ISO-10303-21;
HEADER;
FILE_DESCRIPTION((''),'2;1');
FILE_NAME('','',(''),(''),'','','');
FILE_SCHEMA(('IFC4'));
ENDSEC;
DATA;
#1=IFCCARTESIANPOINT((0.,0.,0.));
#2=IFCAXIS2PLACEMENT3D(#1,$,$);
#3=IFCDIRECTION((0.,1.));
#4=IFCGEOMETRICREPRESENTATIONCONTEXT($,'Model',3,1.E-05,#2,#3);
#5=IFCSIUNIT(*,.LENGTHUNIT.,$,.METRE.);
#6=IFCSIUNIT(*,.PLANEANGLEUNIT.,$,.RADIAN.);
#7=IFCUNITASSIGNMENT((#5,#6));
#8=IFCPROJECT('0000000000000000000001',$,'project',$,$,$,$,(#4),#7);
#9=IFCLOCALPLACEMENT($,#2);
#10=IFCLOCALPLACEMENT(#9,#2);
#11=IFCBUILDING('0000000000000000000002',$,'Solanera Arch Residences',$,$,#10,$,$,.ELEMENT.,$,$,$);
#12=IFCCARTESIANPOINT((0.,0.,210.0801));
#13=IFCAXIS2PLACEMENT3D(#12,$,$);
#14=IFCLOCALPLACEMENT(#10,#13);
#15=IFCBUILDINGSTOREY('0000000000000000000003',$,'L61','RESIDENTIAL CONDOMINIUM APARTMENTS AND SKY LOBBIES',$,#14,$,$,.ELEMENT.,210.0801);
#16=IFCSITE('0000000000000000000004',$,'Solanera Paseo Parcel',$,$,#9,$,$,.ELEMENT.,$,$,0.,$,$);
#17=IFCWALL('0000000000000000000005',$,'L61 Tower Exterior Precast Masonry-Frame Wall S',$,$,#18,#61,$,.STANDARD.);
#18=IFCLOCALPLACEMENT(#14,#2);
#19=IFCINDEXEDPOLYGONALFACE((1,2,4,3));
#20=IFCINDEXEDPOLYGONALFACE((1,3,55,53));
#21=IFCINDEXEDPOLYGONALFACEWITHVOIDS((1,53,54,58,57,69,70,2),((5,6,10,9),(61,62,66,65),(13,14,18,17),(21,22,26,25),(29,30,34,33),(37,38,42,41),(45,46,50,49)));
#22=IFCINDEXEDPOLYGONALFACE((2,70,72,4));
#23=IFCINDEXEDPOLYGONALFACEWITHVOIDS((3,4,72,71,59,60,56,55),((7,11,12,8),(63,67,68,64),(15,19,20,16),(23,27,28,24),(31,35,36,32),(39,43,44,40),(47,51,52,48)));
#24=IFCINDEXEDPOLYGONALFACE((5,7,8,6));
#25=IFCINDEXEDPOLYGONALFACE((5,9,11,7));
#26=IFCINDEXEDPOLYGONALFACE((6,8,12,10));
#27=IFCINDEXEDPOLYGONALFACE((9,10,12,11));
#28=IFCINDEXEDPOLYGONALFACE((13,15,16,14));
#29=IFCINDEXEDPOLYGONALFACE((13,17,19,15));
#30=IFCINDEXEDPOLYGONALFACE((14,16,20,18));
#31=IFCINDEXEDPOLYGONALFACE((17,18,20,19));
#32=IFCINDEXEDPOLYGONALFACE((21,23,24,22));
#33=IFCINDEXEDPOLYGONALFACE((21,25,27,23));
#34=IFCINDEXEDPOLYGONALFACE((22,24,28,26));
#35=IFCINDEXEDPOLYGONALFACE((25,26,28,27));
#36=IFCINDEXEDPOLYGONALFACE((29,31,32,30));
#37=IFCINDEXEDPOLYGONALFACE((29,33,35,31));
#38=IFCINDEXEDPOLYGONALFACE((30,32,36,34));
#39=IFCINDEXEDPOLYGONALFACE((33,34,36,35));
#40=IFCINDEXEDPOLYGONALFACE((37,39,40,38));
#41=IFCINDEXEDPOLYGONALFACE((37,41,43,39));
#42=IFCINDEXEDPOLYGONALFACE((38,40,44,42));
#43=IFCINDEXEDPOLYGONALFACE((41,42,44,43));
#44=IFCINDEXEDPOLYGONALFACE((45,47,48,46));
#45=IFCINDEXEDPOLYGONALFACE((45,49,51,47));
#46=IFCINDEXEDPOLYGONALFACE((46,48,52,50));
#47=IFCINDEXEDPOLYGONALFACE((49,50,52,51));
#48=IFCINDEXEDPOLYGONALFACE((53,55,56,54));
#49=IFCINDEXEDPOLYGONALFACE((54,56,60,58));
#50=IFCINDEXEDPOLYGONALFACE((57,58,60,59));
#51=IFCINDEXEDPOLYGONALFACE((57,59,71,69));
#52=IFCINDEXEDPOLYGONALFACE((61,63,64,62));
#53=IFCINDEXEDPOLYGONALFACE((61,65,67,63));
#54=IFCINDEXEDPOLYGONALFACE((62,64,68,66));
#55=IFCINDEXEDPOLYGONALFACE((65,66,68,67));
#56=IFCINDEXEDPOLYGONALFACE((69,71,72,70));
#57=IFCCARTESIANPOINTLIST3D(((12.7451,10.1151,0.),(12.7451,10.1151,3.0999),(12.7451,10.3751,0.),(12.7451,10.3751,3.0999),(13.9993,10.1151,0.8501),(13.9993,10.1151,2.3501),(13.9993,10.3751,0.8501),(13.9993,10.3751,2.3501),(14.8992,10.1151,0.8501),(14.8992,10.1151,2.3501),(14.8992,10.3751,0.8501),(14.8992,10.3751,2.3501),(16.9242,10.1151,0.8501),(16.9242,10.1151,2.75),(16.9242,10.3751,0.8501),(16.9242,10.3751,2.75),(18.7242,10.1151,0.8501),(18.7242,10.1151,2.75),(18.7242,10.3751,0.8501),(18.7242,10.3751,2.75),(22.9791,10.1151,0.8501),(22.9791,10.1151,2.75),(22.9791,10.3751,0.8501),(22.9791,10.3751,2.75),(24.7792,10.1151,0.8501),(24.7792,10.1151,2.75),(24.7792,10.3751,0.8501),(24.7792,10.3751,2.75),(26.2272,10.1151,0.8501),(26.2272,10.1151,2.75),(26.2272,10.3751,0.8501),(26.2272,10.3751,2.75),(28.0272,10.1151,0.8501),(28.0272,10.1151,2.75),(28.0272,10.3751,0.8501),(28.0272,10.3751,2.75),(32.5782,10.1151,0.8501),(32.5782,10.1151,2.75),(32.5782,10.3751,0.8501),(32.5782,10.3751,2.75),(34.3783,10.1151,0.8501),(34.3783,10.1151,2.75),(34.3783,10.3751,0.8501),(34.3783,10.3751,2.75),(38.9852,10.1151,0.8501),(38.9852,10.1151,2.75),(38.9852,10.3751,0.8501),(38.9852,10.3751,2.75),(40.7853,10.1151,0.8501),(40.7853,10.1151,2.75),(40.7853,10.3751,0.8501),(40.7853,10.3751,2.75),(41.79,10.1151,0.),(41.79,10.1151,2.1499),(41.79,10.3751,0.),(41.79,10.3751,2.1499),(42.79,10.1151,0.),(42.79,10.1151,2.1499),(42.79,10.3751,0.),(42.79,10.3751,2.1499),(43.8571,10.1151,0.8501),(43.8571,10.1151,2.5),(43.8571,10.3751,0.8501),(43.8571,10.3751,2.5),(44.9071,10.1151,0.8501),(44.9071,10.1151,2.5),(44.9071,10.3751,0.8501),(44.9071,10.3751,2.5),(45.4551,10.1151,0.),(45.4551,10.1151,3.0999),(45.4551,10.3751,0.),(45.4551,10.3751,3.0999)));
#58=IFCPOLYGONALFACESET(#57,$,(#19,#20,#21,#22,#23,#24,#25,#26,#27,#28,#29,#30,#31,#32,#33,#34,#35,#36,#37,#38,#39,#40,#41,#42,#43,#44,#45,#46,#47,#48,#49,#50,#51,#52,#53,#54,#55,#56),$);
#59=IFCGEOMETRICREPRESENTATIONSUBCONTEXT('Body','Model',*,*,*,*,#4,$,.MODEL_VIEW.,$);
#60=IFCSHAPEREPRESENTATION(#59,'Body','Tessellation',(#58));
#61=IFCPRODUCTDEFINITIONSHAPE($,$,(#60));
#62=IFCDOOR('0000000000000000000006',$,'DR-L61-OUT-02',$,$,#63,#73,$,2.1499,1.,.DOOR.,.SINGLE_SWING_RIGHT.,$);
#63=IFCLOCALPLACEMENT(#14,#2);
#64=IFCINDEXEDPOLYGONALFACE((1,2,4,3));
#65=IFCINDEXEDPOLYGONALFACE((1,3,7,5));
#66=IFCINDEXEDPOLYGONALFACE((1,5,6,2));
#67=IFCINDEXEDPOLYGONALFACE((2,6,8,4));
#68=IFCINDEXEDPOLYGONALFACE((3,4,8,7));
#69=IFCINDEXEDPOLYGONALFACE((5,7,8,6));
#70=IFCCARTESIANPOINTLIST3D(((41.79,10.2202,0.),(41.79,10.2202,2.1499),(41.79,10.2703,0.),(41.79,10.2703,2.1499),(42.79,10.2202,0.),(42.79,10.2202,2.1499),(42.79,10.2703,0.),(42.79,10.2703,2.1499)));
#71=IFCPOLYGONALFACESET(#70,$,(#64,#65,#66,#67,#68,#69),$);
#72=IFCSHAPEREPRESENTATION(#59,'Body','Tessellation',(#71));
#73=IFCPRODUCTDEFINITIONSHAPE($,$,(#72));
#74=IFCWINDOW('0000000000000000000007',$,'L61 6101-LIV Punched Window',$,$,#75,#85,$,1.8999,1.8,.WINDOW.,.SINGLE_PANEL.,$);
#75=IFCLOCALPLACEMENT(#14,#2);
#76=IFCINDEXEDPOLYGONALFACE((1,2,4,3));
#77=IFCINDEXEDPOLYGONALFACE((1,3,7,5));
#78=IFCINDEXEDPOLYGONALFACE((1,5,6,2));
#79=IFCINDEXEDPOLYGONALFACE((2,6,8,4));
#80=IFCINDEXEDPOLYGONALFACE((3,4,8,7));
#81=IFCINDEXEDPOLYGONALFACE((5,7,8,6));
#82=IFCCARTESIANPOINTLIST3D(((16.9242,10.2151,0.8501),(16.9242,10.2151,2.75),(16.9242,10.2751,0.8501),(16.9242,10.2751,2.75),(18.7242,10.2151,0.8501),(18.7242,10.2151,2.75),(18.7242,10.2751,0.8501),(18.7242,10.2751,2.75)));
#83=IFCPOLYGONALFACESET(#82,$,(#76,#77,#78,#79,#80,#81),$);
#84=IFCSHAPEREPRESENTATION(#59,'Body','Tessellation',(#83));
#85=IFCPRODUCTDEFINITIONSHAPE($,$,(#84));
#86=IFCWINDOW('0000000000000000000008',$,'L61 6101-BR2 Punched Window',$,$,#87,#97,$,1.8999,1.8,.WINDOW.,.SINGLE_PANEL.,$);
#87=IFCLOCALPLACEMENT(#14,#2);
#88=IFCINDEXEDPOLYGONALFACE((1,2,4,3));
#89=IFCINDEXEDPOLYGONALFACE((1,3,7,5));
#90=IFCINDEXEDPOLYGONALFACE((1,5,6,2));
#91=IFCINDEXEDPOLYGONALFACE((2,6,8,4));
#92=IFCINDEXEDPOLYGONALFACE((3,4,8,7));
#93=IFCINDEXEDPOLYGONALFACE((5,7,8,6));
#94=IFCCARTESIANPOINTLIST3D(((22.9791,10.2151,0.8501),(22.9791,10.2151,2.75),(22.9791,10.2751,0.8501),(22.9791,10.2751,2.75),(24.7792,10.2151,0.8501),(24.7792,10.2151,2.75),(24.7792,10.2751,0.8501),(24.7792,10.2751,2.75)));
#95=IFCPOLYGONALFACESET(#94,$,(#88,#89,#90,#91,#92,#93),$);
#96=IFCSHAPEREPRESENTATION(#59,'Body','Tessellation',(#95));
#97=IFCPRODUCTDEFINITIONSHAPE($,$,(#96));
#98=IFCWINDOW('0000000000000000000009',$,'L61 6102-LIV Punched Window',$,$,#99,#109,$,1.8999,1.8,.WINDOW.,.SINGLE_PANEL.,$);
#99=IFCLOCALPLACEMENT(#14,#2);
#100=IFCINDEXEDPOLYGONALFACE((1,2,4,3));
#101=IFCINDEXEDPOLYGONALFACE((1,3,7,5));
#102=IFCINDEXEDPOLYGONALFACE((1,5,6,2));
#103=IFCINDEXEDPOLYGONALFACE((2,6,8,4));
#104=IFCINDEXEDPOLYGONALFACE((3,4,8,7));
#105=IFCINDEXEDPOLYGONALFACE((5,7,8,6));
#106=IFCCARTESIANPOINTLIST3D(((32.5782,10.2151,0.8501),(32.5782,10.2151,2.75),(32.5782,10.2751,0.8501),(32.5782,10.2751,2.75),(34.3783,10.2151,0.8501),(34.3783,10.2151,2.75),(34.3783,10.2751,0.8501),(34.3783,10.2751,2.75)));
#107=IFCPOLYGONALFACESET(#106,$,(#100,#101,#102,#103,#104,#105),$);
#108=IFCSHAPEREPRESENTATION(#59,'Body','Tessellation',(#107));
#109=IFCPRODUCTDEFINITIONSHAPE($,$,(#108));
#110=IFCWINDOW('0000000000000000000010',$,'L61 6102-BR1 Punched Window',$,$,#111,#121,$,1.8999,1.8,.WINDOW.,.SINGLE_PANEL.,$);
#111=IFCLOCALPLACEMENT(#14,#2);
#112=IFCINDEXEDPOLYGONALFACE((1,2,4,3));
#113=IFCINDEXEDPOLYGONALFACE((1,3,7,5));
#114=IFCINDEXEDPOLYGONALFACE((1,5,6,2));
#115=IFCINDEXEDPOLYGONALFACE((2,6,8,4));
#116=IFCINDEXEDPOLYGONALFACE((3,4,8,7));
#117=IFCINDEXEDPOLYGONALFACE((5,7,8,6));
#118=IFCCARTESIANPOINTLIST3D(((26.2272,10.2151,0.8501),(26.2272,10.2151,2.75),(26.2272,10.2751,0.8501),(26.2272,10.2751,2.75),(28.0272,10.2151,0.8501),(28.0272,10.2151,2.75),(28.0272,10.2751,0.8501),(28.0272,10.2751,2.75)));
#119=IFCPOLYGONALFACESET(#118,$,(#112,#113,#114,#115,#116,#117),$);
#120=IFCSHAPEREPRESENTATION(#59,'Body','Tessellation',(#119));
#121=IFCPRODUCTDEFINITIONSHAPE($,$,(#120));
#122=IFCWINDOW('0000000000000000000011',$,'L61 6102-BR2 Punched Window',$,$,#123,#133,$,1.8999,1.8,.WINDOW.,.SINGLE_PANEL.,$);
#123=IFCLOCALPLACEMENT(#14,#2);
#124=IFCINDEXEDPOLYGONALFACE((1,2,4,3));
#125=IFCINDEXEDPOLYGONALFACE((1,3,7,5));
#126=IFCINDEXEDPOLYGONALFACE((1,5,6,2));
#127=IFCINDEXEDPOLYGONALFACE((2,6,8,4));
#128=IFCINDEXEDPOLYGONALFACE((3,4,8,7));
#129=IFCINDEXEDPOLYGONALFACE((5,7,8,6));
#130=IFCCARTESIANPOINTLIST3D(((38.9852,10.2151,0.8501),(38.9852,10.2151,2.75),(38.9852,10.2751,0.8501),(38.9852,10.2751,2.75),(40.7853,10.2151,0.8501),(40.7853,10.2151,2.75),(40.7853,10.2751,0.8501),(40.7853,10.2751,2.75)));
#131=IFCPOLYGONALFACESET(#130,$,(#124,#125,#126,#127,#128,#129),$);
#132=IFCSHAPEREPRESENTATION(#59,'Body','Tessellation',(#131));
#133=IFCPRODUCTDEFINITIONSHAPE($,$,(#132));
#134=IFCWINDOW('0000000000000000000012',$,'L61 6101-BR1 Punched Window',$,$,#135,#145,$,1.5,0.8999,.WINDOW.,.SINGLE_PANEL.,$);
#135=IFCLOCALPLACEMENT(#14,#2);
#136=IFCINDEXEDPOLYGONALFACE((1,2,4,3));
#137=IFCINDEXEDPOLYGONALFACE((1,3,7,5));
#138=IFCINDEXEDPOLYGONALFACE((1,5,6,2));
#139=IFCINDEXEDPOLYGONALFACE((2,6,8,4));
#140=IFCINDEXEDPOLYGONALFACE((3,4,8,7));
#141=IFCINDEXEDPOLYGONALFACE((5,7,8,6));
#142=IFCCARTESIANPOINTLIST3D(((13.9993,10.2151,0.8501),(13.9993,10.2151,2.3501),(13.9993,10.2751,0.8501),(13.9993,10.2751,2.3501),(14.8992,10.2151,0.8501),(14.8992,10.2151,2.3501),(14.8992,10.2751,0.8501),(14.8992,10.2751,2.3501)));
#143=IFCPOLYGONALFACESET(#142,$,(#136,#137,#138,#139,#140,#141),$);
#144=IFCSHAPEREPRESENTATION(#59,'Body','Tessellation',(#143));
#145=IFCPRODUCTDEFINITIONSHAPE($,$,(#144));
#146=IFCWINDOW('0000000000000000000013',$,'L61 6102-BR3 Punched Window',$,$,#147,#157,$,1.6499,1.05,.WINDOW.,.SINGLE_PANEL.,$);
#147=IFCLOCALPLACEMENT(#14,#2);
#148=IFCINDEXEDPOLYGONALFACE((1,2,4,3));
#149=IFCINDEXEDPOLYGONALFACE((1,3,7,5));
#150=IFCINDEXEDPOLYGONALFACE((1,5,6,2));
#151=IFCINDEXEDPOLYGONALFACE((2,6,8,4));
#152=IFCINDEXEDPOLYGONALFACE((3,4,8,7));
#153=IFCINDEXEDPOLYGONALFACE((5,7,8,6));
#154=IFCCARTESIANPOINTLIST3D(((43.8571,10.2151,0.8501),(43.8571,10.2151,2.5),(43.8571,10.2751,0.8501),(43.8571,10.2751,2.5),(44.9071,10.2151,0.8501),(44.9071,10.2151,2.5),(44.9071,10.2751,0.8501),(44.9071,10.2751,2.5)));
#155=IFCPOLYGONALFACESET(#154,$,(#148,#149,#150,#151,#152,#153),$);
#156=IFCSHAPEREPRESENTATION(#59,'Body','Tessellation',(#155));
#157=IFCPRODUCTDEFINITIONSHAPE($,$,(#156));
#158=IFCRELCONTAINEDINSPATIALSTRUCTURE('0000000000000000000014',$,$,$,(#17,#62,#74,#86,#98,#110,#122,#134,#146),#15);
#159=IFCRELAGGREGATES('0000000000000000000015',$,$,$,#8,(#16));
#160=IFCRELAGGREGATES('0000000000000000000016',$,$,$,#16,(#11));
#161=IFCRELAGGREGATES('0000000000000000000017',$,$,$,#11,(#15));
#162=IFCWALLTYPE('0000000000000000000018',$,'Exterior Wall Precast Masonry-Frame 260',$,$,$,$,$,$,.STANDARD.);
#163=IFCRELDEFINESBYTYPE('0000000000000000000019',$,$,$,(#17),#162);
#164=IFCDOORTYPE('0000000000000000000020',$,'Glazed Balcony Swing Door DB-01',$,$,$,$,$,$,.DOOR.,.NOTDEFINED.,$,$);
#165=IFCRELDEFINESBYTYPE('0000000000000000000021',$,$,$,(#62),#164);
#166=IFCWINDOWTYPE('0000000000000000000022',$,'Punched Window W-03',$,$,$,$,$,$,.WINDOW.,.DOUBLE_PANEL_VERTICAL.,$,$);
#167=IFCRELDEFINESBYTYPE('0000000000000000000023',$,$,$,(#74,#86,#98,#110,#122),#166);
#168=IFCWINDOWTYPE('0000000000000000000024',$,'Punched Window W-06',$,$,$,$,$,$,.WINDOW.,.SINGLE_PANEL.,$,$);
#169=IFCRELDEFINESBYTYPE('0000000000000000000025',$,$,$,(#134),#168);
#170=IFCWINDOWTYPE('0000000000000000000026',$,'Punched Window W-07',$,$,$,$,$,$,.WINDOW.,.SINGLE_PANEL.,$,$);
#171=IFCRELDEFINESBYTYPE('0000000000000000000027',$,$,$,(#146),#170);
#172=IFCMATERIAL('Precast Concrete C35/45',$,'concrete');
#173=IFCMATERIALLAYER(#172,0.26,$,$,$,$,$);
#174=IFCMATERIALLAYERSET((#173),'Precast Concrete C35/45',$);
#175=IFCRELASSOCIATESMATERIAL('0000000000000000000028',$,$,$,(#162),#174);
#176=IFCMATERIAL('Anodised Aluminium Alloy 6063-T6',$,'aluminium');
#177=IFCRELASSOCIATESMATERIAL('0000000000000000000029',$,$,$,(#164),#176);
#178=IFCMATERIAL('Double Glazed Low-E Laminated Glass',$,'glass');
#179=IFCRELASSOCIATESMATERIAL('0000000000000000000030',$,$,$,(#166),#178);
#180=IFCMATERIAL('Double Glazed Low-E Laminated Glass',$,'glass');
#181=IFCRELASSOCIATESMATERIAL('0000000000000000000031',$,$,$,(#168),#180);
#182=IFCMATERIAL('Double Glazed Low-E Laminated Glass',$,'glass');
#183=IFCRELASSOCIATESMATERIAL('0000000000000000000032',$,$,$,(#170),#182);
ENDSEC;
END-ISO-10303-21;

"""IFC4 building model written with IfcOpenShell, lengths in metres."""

from ifc_helpers import new_model, si_unit, direction, frame, frame_2d, origin, place, context, subcontext, project, spatial, rectangle, extrude, material, layer, layer_set, type_object, element, fill, save


model = new_model("IFC4")

# Units and contexts
model_context = context("Model", 3, precision=1e-05, world=origin(), true_north=direction((0.0, 1.0)))
body_context = subcontext(model_context, "Body", "Model", "MODEL_VIEW")
ifc_project = project(units=[si_unit("LENGTHUNIT", "METRE"), si_unit("PLANEANGLEUNIT", "RADIAN")], contexts=[model_context])

# Site, building, storey
site_placement = place(None, origin())
site = spatial("IfcSite", under=ifc_project, at=site_placement, Name="Solanera Paseo Parcel", CompositionType="ELEMENT", RefElevation=0.0)
building_placement = place(site_placement, origin())
building = spatial("IfcBuilding", under=site, at=building_placement, Name="Solanera Arch Residences", CompositionType="ELEMENT")
storey_placement = place(building_placement, frame((0.0, 0.0, 210.0801)))
storey = spatial("IfcBuildingStorey", under=building, at=storey_placement, Name="L61", Description="RESIDENTIAL CONDOMINIUM APARTMENTS AND SKY LOBBIES", CompositionType="ELEMENT", Elevation=210.0801)

# Shared definitions
ifc_material_1 = material(Name="Precast Concrete C35/45", Category="concrete")
ifc_layer_1 = layer(ifc_material_1, 0.26)
ifc_layer_set_1 = layer_set([ifc_layer_1], Name="Precast Concrete C35/45")
wall_type_1 = type_object("IfcWallType", Name="Exterior Wall Precast Masonry-Frame 260", PredefinedType="STANDARD", material=ifc_layer_set_1)

# Wall, openings, door, windows
wall_1_placement = place(storey_placement, frame((45.4551, 10.2451, 0.0), z_axis=(0.0, 0.0, 1.0), x_axis=(-1.0, 0.0, 0.0)))
wall_1 = element("IfcWall", 1, at=wall_1_placement, inside=storey, type_object=wall_type_1, Name="L61 Tower Exterior Precast Masonry-Frame Wall S", PredefinedType="STANDARD", context=body_context, shape_type="SweptSolid", body=[
    extrude(rectangle(XDim=32.71, YDim=0.26, at=frame_2d((16.355, 0.0))), origin(), (0.0, 0.0, 1.0), 3.0999),
])
opening_1_placement = place(wall_1_placement, frame((2.665, 0.0, 0.0)))
opening_1 = element("IfcOpeningElement", 2, at=opening_1_placement, cuts=wall_1, PredefinedType="OPENING", context=body_context, shape_type="SweptSolid", body=[
    extrude(rectangle(XDim=1.0, YDim=2.1499, at=frame_2d((0.5, 1.075))), frame((0.0, 0.1399, 0.0), z_axis=(0.0, -1.0, 0.0), x_axis=(1.0, 0.0, 0.0)), (0.0, 0.0, 1.0), 0.28),
])
opening_2_placement = place(wall_1_placement, frame((26.731, 0.0, 0.8501)))
opening_2 = element("IfcOpeningElement", 3, at=opening_2_placement, cuts=wall_1, PredefinedType="OPENING", context=body_context, shape_type="SweptSolid", body=[
    extrude(rectangle(XDim=1.8, YDim=1.8999, at=frame_2d((0.8999, 0.95))), frame((0.0, 0.1399, 0.0), z_axis=(0.0, -1.0, 0.0), x_axis=(1.0, 0.0, 0.0)), (0.0, 0.0, 1.0), 0.28),
])
opening_3_placement = place(wall_1_placement, frame((30.5559, 0.0, 0.8501)))
opening_3 = element("IfcOpeningElement", 4, at=opening_3_placement, cuts=wall_1, PredefinedType="OPENING", context=body_context, shape_type="SweptSolid", body=[
    extrude(rectangle(XDim=0.8999, YDim=1.5, at=frame_2d((0.45, 0.75))), frame((0.0, 0.1399, 0.0), z_axis=(0.0, -1.0, 0.0), x_axis=(1.0, 0.0, 0.0)), (0.0, 0.0, 1.0), 0.28),
])
opening_4_placement = place(wall_1_placement, frame((20.676, 0.0, 0.8501)))
opening_4 = element("IfcOpeningElement", 5, at=opening_4_placement, cuts=wall_1, PredefinedType="OPENING", context=body_context, shape_type="SweptSolid", body=[
    extrude(rectangle(XDim=1.8, YDim=1.8999, at=frame_2d((0.8999, 0.95))), frame((0.0, 0.1399, 0.0), z_axis=(0.0, -1.0, 0.0), x_axis=(1.0, 0.0, 0.0)), (0.0, 0.0, 1.0), 0.28),
])
opening_5_placement = place(wall_1_placement, frame((11.0769, 0.0, 0.8501)))
opening_5 = element("IfcOpeningElement", 6, at=opening_5_placement, cuts=wall_1, PredefinedType="OPENING", context=body_context, shape_type="SweptSolid", body=[
    extrude(rectangle(XDim=1.8, YDim=1.8999, at=frame_2d((0.8999, 0.95))), frame((0.0, 0.1399, 0.0), z_axis=(0.0, -1.0, 0.0), x_axis=(1.0, 0.0, 0.0)), (0.0, 0.0, 1.0), 0.28),
])
opening_6_placement = place(wall_1_placement, frame((17.428, 0.0, 0.8501)))
opening_6 = element("IfcOpeningElement", 7, at=opening_6_placement, cuts=wall_1, PredefinedType="OPENING", context=body_context, shape_type="SweptSolid", body=[
    extrude(rectangle(XDim=1.8, YDim=1.8999, at=frame_2d((0.8999, 0.95))), frame((0.0, 0.1399, 0.0), z_axis=(0.0, -1.0, 0.0), x_axis=(1.0, 0.0, 0.0)), (0.0, 0.0, 1.0), 0.28),
])
opening_7_placement = place(wall_1_placement, frame((4.6699, 0.0, 0.8501)))
opening_7 = element("IfcOpeningElement", 8, at=opening_7_placement, cuts=wall_1, PredefinedType="OPENING", context=body_context, shape_type="SweptSolid", body=[
    extrude(rectangle(XDim=1.8, YDim=1.8999, at=frame_2d((0.8999, 0.95))), frame((0.0, 0.1399, 0.0), z_axis=(0.0, -1.0, 0.0), x_axis=(1.0, 0.0, 0.0)), (0.0, 0.0, 1.0), 0.28),
])
opening_8_placement = place(wall_1_placement, frame((0.5481, 0.0, 0.8501)))
opening_8 = element("IfcOpeningElement", 9, at=opening_8_placement, cuts=wall_1, PredefinedType="OPENING", context=body_context, shape_type="SweptSolid", body=[
    extrude(rectangle(XDim=1.05, YDim=1.6499, at=frame_2d((0.5249, 0.825))), frame((0.0, 0.1399, 0.0), z_axis=(0.0, -1.0, 0.0), x_axis=(1.0, 0.0, 0.0)), (0.0, 0.0, 1.0), 0.28),
])
ifc_material_2 = material(Name="Anodised Aluminium Alloy 6063-T6", Category="aluminium")
door_type_1 = type_object("IfcDoorType", Name="Glazed Balcony Swing Door DB-01", OperationType="NOTDEFINED", PredefinedType="DOOR", material=ifc_material_2)
door_1_placement = place(opening_1_placement, origin())
door_1 = element("IfcDoor", 10, at=door_1_placement, inside=storey, type_object=door_type_1, Name="DR-L61-OUT-02", OperationType="SINGLE_SWING_RIGHT", OverallHeight=2.1499, OverallWidth=1.0, PredefinedType="DOOR", context=body_context, shape_type="SweptSolid", body=[
    extrude(rectangle(XDim=1.0, YDim=2.1499, at=frame_2d((0.5, 1.075))), frame((0.0, 0.0249, 0.0), z_axis=(0.0, -1.0, 0.0), x_axis=(1.0, 0.0, 0.0)), (0.0, 0.0, 1.0), 0.05),
])
fill(opening_1, door_1)
ifc_material_3 = material(Name="Double Glazed Low-E Laminated Glass", Category="glass")
window_type_1 = type_object("IfcWindowType", Name="Punched Window W-03", PartitioningType="DOUBLE_PANEL_VERTICAL", PredefinedType="WINDOW", material=ifc_material_3)
window_1_placement = place(opening_2_placement, origin())
window_1 = element("IfcWindow", 11, at=window_1_placement, inside=storey, type_object=window_type_1, Name="L61 6101-LIV Punched Window", OverallHeight=1.8999, OverallWidth=1.8, PartitioningType="SINGLE_PANEL", PredefinedType="WINDOW", context=body_context, shape_type="SweptSolid", body=[
    extrude(rectangle(XDim=1.8, YDim=1.8999, at=frame_2d((0.8999, 0.95))), frame((0.0, 0.03, 0.0), z_axis=(0.0, -1.0, 0.0), x_axis=(1.0, 0.0, 0.0)), (0.0, 0.0, 1.0), 0.0601),
])
fill(opening_2, window_1)
window_2_placement = place(opening_4_placement, origin())
window_2 = element("IfcWindow", 12, at=window_2_placement, inside=storey, type_object=window_type_1, Name="L61 6101-BR2 Punched Window", OverallHeight=1.8999, OverallWidth=1.8, PartitioningType="SINGLE_PANEL", PredefinedType="WINDOW", context=body_context, shape_type="SweptSolid", body=[
    extrude(rectangle(XDim=1.8, YDim=1.8999, at=frame_2d((0.8999, 0.95))), frame((0.0, 0.03, 0.0), z_axis=(0.0, -1.0, 0.0), x_axis=(1.0, 0.0, 0.0)), (0.0, 0.0, 1.0), 0.0601),
])
fill(opening_4, window_2)
window_3_placement = place(opening_5_placement, origin())
window_3 = element("IfcWindow", 13, at=window_3_placement, inside=storey, type_object=window_type_1, Name="L61 6102-LIV Punched Window", OverallHeight=1.8999, OverallWidth=1.8, PartitioningType="SINGLE_PANEL", PredefinedType="WINDOW", context=body_context, shape_type="SweptSolid", body=[
    extrude(rectangle(XDim=1.8, YDim=1.8999, at=frame_2d((0.8999, 0.95))), frame((0.0, 0.03, 0.0), z_axis=(0.0, -1.0, 0.0), x_axis=(1.0, 0.0, 0.0)), (0.0, 0.0, 1.0), 0.0601),
])
fill(opening_5, window_3)
window_4_placement = place(opening_6_placement, origin())
window_4 = element("IfcWindow", 14, at=window_4_placement, inside=storey, type_object=window_type_1, Name="L61 6102-BR1 Punched Window", OverallHeight=1.8999, OverallWidth=1.8, PartitioningType="SINGLE_PANEL", PredefinedType="WINDOW", context=body_context, shape_type="SweptSolid", body=[
    extrude(rectangle(XDim=1.8, YDim=1.8999, at=frame_2d((0.8999, 0.95))), frame((0.0, 0.03, 0.0), z_axis=(0.0, -1.0, 0.0), x_axis=(1.0, 0.0, 0.0)), (0.0, 0.0, 1.0), 0.0601),
])
fill(opening_6, window_4)
window_5_placement = place(opening_7_placement, origin())
window_5 = element("IfcWindow", 15, at=window_5_placement, inside=storey, type_object=window_type_1, Name="L61 6102-BR2 Punched Window", OverallHeight=1.8999, OverallWidth=1.8, PartitioningType="SINGLE_PANEL", PredefinedType="WINDOW", context=body_context, shape_type="SweptSolid", body=[
    extrude(rectangle(XDim=1.8, YDim=1.8999, at=frame_2d((0.8999, 0.95))), frame((0.0, 0.03, 0.0), z_axis=(0.0, -1.0, 0.0), x_axis=(1.0, 0.0, 0.0)), (0.0, 0.0, 1.0), 0.0601),
])
fill(opening_7, window_5)
ifc_material_4 = material(Name="Double Glazed Low-E Laminated Glass", Category="glass")
window_type_2 = type_object("IfcWindowType", Name="Punched Window W-06", PartitioningType="SINGLE_PANEL", PredefinedType="WINDOW", material=ifc_material_4)
window_6_placement = place(opening_3_placement, origin())
window_6 = element("IfcWindow", 16, at=window_6_placement, inside=storey, type_object=window_type_2, Name="L61 6101-BR1 Punched Window", OverallHeight=1.5, OverallWidth=0.8999, PartitioningType="SINGLE_PANEL", PredefinedType="WINDOW", context=body_context, shape_type="SweptSolid", body=[
    extrude(rectangle(XDim=0.8999, YDim=1.5, at=frame_2d((0.45, 0.75))), frame((0.0, 0.03, 0.0), z_axis=(0.0, -1.0, 0.0), x_axis=(1.0, 0.0, 0.0)), (0.0, 0.0, 1.0), 0.0601),
])
fill(opening_3, window_6)
ifc_material_5 = material(Name="Double Glazed Low-E Laminated Glass", Category="glass")
window_type_3 = type_object("IfcWindowType", Name="Punched Window W-07", PartitioningType="SINGLE_PANEL", PredefinedType="WINDOW", material=ifc_material_5)
window_7_placement = place(opening_8_placement, origin())
window_7 = element("IfcWindow", 17, at=window_7_placement, inside=storey, type_object=window_type_3, Name="L61 6102-BR3 Punched Window", OverallHeight=1.6499, OverallWidth=1.05, PartitioningType="SINGLE_PANEL", PredefinedType="WINDOW", context=body_context, shape_type="SweptSolid", body=[
    extrude(rectangle(XDim=1.05, YDim=1.6499, at=frame_2d((0.5249, 0.825))), frame((0.0, 0.03, 0.0), z_axis=(0.0, -1.0, 0.0), x_axis=(1.0, 0.0, 0.0)), (0.0, 0.0, 1.0), 0.0601),
])
fill(opening_8, window_7)

save(model, "model.ifc")
